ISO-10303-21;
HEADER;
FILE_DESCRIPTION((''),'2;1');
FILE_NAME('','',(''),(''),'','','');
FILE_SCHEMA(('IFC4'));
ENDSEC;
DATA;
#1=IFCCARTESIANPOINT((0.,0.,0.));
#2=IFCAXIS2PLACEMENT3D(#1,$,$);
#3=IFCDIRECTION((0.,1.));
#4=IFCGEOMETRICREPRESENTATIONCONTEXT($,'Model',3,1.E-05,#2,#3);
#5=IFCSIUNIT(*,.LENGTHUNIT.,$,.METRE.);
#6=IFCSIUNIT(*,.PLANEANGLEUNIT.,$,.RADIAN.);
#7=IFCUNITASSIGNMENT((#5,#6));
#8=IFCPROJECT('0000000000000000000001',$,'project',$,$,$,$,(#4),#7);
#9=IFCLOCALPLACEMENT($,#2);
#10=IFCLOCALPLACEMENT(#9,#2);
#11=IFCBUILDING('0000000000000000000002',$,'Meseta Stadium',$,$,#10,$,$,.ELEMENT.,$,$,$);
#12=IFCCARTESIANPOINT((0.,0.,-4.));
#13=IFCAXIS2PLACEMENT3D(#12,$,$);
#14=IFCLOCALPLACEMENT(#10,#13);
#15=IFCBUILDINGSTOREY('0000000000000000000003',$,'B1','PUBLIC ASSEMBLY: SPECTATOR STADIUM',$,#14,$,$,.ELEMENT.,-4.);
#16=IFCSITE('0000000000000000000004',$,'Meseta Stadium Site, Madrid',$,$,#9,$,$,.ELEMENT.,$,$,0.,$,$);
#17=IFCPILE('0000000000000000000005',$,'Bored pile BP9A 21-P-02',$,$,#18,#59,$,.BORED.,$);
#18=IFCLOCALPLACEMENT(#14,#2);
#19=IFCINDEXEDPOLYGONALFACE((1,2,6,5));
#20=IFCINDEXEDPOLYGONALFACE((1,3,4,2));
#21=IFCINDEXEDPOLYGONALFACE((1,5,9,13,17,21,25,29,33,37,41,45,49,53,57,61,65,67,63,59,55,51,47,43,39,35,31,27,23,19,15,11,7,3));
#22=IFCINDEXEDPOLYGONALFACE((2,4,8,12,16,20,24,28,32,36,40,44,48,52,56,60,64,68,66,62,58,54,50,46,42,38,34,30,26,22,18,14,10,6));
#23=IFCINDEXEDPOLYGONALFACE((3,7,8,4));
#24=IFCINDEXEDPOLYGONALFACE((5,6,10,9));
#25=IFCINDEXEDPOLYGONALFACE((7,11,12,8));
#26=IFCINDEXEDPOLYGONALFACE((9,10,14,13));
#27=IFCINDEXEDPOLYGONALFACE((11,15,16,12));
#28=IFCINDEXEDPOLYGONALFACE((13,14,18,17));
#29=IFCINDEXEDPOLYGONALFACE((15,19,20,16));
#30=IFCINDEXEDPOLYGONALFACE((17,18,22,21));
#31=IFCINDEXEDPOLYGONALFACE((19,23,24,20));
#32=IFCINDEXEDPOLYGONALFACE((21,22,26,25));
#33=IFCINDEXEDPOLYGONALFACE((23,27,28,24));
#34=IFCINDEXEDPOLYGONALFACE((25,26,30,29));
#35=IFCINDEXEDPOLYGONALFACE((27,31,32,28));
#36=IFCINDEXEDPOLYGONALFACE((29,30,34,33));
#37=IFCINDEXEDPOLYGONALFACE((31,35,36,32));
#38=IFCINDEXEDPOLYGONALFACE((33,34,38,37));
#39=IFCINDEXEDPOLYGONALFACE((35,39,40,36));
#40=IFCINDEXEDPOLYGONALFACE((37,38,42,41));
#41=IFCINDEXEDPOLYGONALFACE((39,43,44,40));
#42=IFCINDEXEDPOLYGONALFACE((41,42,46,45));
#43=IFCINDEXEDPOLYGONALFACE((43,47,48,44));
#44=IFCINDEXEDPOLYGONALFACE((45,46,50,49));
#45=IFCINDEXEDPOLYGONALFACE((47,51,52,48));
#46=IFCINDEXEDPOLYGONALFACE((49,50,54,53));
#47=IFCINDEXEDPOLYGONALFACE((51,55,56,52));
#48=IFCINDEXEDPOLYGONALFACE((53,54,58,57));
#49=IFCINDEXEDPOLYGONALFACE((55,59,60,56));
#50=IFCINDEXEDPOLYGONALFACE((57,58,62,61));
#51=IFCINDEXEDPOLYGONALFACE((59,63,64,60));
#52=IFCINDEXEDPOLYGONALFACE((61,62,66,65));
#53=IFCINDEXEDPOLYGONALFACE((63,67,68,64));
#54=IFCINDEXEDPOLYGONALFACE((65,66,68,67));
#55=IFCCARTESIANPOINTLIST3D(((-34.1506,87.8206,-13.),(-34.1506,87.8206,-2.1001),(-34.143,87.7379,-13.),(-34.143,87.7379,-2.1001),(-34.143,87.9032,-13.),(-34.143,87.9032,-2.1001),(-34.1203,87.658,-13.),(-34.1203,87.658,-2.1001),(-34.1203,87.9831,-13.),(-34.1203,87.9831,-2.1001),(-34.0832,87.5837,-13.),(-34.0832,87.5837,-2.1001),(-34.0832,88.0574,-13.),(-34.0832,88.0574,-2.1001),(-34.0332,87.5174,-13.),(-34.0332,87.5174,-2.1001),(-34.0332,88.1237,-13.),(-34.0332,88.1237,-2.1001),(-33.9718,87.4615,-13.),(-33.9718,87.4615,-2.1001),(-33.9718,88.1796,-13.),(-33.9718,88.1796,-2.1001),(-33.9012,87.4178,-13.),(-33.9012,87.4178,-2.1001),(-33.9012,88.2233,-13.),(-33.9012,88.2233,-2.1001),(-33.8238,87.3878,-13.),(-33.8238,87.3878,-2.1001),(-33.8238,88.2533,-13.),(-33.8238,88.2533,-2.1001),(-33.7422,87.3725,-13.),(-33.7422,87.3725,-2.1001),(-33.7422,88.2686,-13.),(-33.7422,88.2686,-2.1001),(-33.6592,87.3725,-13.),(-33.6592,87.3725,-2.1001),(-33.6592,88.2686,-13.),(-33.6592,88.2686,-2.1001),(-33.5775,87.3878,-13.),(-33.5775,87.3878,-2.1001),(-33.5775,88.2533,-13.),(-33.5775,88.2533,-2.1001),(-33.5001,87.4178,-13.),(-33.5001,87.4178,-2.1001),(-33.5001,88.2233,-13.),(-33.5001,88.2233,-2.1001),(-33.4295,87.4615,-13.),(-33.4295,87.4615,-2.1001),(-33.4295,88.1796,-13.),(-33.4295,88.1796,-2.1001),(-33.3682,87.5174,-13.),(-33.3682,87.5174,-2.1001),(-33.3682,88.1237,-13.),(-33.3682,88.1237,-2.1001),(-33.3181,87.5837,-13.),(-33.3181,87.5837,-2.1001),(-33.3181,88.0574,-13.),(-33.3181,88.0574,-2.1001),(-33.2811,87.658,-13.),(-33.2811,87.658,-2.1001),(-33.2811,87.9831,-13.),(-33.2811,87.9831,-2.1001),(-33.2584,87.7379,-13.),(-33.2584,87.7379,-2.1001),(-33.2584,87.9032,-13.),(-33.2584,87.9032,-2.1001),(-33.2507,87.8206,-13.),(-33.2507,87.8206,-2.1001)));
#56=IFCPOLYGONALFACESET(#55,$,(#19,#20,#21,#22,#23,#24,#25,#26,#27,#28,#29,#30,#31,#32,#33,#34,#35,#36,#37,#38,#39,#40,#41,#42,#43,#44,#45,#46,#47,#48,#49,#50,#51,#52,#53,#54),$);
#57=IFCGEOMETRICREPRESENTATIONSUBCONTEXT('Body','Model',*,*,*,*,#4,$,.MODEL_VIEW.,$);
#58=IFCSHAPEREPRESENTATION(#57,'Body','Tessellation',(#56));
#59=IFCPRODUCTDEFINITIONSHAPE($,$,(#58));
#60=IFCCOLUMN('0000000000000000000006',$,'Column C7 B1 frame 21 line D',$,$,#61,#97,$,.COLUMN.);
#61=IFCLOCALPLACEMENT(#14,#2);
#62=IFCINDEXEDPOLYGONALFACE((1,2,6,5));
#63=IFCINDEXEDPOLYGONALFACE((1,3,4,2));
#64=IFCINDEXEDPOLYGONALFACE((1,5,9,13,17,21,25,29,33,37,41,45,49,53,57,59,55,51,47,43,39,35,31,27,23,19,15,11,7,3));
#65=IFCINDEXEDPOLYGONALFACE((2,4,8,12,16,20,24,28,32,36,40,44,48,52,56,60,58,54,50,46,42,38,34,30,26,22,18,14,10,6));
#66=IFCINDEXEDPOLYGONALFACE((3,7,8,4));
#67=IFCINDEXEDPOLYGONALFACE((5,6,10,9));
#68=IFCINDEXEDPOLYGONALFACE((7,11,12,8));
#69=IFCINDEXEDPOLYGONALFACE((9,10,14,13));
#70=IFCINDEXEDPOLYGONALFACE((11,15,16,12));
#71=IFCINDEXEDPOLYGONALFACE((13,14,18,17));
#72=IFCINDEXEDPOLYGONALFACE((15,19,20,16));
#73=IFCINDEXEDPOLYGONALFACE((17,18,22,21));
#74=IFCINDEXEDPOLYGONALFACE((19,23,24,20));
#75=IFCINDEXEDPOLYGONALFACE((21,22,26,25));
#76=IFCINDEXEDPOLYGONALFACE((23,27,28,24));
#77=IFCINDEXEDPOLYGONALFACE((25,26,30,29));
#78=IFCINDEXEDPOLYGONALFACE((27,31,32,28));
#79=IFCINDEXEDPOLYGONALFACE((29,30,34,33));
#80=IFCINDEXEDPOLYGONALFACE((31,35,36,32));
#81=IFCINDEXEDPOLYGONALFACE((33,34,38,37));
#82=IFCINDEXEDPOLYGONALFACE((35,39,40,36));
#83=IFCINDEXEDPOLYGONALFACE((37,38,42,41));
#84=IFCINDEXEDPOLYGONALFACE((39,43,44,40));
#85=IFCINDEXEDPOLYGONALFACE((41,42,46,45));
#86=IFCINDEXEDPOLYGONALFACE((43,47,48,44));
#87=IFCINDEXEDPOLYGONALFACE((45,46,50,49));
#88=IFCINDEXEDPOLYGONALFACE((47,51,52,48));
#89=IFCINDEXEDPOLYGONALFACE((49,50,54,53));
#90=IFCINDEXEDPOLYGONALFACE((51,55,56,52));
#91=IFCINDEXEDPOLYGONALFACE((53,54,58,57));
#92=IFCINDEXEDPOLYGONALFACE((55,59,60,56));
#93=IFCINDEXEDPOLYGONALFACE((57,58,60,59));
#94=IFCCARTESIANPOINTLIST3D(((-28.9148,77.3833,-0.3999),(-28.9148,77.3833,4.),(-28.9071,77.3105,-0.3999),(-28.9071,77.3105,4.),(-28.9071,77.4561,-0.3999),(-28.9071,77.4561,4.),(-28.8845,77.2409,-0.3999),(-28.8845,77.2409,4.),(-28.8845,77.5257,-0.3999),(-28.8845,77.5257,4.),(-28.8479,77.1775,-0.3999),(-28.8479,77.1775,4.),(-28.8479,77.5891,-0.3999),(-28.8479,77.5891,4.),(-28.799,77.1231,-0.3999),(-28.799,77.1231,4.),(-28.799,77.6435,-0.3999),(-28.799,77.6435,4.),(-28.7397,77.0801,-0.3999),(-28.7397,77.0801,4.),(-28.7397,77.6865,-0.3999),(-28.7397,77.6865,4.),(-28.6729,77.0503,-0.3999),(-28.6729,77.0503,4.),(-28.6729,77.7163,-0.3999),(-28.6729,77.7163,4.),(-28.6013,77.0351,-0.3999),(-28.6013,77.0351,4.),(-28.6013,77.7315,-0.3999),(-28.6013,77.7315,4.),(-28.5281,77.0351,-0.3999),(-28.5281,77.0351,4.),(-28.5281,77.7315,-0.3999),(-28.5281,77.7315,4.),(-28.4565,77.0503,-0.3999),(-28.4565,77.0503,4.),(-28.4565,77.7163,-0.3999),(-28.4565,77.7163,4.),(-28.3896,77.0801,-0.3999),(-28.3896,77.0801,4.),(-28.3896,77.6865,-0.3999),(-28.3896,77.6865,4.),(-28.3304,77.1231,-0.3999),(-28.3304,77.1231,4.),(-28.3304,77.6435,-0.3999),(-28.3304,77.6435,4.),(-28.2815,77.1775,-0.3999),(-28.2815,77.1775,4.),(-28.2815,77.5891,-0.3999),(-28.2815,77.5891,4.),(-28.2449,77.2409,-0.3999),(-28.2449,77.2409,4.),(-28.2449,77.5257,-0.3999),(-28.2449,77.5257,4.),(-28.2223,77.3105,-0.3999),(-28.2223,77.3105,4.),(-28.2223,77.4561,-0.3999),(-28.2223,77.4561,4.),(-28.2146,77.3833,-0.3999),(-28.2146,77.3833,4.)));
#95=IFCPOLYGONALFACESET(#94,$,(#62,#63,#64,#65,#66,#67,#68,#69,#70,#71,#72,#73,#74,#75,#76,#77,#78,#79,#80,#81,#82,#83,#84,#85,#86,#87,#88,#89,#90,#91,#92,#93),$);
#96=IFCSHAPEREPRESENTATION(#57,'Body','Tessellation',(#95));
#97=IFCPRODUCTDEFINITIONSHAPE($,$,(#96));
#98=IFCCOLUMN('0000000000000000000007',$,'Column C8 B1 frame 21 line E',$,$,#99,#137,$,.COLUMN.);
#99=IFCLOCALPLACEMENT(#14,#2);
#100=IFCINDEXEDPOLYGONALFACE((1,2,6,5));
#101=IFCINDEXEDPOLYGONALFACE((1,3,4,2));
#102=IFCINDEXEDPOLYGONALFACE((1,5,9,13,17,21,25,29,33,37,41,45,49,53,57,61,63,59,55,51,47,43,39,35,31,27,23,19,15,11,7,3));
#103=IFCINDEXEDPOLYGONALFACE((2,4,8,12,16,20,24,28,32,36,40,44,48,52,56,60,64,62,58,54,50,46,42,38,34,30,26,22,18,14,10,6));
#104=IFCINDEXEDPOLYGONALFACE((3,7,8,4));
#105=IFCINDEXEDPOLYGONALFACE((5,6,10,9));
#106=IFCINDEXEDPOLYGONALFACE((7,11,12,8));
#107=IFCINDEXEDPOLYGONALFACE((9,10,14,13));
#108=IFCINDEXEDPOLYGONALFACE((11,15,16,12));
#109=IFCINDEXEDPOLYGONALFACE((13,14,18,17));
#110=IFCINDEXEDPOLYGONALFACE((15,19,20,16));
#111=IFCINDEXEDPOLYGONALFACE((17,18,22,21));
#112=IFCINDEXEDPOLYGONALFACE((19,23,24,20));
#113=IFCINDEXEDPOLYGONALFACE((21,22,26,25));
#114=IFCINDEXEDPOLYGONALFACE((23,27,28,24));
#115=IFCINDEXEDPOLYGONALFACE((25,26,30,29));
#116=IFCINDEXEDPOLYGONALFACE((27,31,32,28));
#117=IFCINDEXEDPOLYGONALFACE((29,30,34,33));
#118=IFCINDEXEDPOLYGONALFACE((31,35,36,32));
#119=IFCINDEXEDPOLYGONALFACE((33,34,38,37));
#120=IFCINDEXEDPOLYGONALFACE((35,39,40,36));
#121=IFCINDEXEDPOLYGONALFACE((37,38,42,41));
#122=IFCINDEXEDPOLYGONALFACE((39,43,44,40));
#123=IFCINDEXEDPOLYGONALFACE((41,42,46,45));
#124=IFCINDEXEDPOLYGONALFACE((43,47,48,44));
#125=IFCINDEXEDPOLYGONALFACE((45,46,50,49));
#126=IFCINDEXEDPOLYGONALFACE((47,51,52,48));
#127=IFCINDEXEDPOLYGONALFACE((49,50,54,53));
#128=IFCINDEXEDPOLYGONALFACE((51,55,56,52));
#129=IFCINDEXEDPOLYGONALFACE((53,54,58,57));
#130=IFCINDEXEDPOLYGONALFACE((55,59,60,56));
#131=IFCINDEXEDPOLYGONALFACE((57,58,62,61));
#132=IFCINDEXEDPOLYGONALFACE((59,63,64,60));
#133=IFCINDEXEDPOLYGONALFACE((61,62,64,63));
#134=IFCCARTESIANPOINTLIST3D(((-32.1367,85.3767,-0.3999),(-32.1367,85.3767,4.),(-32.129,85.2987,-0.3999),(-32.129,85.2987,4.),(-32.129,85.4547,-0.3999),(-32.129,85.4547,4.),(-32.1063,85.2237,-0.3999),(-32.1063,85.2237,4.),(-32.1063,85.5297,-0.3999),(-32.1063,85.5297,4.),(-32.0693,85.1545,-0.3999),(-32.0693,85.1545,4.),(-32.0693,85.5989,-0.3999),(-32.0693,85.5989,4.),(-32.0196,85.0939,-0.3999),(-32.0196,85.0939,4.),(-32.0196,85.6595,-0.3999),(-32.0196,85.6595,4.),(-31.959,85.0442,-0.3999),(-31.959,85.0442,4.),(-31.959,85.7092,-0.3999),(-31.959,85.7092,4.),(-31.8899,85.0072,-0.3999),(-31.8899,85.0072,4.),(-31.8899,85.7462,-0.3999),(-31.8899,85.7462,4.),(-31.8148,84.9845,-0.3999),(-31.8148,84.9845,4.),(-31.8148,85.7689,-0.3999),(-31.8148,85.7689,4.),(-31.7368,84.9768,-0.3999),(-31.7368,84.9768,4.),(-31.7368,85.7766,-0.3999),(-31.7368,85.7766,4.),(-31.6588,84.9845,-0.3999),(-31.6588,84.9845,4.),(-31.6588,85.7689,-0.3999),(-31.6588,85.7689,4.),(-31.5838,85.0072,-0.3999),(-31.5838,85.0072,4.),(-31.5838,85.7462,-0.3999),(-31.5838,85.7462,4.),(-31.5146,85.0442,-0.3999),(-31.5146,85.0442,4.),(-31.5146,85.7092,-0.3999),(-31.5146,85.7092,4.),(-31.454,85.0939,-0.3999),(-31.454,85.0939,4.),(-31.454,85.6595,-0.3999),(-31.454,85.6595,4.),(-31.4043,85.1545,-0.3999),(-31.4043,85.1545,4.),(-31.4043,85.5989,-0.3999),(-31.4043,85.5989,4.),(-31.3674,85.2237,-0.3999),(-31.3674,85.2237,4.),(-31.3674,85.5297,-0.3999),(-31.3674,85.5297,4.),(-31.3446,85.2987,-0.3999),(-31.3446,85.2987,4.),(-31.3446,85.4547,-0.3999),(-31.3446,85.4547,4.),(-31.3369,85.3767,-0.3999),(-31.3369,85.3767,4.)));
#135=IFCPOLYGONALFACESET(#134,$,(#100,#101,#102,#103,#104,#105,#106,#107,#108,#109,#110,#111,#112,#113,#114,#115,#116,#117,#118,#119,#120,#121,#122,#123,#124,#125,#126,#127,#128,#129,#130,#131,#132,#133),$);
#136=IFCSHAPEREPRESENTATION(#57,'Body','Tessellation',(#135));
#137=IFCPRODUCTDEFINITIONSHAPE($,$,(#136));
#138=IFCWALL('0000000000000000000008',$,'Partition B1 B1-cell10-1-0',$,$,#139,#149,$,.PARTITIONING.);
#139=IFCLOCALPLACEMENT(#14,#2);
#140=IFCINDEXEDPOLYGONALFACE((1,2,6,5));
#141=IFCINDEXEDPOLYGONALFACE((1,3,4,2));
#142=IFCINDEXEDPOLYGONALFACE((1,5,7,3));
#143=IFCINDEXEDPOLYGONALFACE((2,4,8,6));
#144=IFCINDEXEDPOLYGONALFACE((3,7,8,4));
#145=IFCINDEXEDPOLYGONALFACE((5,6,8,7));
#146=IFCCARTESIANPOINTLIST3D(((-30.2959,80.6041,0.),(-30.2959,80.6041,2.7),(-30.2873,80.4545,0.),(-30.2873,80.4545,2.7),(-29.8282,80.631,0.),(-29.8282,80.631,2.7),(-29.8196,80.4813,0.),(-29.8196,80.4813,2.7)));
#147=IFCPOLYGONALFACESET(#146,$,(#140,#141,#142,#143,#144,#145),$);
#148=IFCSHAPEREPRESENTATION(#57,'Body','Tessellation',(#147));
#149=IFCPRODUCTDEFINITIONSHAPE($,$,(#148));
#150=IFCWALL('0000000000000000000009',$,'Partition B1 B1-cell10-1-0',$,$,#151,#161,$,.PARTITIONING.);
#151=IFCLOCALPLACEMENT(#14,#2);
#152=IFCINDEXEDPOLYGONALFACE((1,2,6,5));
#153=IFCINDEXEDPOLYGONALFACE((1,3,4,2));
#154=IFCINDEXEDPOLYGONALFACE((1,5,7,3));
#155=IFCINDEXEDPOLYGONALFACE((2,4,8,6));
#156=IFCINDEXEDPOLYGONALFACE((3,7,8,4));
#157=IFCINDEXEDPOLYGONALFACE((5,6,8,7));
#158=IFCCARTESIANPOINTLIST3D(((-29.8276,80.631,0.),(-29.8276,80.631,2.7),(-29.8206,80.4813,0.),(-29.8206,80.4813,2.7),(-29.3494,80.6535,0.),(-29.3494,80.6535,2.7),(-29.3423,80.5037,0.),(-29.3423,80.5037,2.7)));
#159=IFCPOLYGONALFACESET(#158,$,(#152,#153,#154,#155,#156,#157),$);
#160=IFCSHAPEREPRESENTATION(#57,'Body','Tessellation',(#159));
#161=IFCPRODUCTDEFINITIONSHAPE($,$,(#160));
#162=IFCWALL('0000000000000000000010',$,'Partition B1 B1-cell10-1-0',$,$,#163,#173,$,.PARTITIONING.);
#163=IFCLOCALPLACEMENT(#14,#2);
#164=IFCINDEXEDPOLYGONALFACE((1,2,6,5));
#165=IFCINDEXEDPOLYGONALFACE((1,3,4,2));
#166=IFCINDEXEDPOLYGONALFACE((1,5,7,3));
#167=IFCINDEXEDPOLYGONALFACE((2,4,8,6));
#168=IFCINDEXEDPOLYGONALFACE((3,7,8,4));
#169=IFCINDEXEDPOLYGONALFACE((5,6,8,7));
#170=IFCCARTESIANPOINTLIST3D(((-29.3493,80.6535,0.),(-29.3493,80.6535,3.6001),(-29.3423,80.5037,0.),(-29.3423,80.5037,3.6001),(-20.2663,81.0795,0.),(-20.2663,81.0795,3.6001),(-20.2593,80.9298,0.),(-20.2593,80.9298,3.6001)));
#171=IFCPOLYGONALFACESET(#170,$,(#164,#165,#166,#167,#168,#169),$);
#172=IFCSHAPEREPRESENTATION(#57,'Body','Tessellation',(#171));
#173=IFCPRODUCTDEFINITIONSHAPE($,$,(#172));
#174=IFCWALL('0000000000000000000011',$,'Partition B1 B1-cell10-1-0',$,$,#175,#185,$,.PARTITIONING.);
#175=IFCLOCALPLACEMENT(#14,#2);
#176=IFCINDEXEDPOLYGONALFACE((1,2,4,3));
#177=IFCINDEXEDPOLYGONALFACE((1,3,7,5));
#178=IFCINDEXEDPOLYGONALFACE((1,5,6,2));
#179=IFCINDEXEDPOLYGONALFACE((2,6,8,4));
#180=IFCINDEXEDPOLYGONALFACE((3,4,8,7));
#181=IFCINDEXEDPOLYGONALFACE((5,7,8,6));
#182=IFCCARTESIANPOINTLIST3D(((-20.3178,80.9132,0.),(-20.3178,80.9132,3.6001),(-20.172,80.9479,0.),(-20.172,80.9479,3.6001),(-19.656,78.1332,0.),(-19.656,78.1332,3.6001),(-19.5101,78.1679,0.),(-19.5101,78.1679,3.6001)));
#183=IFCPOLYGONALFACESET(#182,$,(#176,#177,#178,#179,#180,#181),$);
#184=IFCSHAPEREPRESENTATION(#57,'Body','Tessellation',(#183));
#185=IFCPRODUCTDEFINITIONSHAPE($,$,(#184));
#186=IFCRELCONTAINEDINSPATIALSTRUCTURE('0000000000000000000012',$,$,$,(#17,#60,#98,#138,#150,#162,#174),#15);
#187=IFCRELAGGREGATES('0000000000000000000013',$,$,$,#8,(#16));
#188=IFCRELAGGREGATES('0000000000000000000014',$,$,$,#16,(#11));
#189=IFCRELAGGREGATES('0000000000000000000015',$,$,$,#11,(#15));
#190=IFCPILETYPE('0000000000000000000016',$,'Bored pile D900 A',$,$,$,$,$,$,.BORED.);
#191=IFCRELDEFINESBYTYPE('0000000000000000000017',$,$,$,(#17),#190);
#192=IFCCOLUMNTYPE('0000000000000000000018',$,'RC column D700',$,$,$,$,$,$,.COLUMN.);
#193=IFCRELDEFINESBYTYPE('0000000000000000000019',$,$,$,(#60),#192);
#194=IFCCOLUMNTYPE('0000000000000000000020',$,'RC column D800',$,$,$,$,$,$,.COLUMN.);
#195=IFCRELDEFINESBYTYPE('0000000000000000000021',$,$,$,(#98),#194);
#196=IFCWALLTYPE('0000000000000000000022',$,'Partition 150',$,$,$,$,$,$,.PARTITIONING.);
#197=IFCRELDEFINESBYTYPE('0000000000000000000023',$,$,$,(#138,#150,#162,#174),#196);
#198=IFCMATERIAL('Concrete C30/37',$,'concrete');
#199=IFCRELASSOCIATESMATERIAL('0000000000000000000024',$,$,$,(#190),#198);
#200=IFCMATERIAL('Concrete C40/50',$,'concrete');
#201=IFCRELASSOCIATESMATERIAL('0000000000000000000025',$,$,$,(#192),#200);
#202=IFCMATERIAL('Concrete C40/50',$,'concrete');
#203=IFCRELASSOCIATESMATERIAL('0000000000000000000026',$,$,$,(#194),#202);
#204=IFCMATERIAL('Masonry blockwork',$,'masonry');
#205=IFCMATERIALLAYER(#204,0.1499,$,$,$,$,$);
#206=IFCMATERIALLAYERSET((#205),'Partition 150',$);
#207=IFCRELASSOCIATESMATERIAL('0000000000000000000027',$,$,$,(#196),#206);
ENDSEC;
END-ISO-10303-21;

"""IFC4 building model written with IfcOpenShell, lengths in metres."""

from ifc_helpers import new_model, si_unit, direction, frame, frame_2d, origin, origin_2d, place, context, subcontext, project, spatial, rectangle, circle, extrude, material, layer, layer_set, material_profile, profile_set, type_object, element, save


model = new_model("IFC4")

# Units and contexts
model_context = context("Model", 3, precision=1e-05, world=origin(), true_north=direction((0.0, 1.0)))
body_context = subcontext(model_context, "Body", "Model", "MODEL_VIEW")
ifc_project = project(units=[si_unit("LENGTHUNIT", "METRE"), si_unit("PLANEANGLEUNIT", "RADIAN")], contexts=[model_context])

# Site, building, storey
site_placement = place(None, origin())
site = spatial("IfcSite", under=ifc_project, at=site_placement, Name="Meseta Stadium Site, Madrid", CompositionType="ELEMENT", RefElevation=0.0)
building_placement = place(site_placement, origin())
building = spatial("IfcBuilding", under=site, at=building_placement, Name="Meseta Stadium", CompositionType="ELEMENT")
storey_placement = place(building_placement, frame((0.0, 0.0, -4.0)))
storey = spatial("IfcBuildingStorey", under=building, at=storey_placement, Name="B1", Description="PUBLIC ASSEMBLY: SPECTATOR STADIUM", CompositionType="ELEMENT", Elevation=-4.0)

# Pile
ifc_material_1 = material(Name="Concrete C30/37", Category="concrete")
ifc_material_profile_1 = material_profile(ifc_material_1, circle(Radius=0.45, at=origin_2d()), Name="D900")
ifc_profile_set_1 = profile_set([ifc_material_profile_1], Name="Concrete C30/37")
pile_type = type_object("IfcPileType", Name="Bored pile D900 A", PredefinedType="BORED", material=ifc_profile_set_1)
pile_placement = place(storey_placement, frame((-33.7007, 87.8206, -2.1001), z_axis=(0.0, 0.0, -1.0), x_axis=(1.0, 0.0, 0.0)))
element("IfcPile", 1, at=pile_placement, inside=storey, type_object=pile_type, Name="Bored pile BP9A 21-P-02", PredefinedType="BORED", context=body_context, shape_type="SweptSolid", body=[
    extrude(circle(Radius=0.45, at=origin_2d()), origin(), (0.0, 0.0, 1.0), 10.8999),
])

# Columns
ifc_material_2 = material(Name="Concrete C40/50", Category="concrete")
ifc_material_profile_2 = material_profile(ifc_material_2, circle(Radius=0.3501, at=origin_2d()), Name="RC D700")
ifc_profile_set_2 = profile_set([ifc_material_profile_2], Name="Concrete C40/50")
column_type_1 = type_object("IfcColumnType", Name="RC column D700", PredefinedType="COLUMN", material=ifc_profile_set_2)
column_1_placement = place(storey_placement, frame((-28.5647, 77.3833, -0.3999), z_axis=(0.0, 0.0, 1.0), x_axis=(1.0, 0.0, 0.0)))
element("IfcColumn", 2, at=column_1_placement, inside=storey, type_object=column_type_1, Name="Column C7 B1 frame 21 line D", PredefinedType="COLUMN", context=body_context, shape_type="SweptSolid", body=[
    extrude(circle(Radius=0.3501, at=origin_2d()), origin(), (0.0, 0.0, 1.0), 4.3999),
])
ifc_material_3 = material(Name="Concrete C40/50", Category="concrete")
ifc_material_profile_3 = material_profile(ifc_material_3, circle(Radius=0.3999, at=origin_2d()), Name="RC D800")
ifc_profile_set_3 = profile_set([ifc_material_profile_3], Name="Concrete C40/50")
column_type_2 = type_object("IfcColumnType", Name="RC column D800", PredefinedType="COLUMN", material=ifc_profile_set_3)
column_2_placement = place(storey_placement, frame((-31.7368, 85.3767, -0.3999), z_axis=(0.0, 0.0, 1.0), x_axis=(1.0, 0.0, 0.0)))
element("IfcColumn", 3, at=column_2_placement, inside=storey, type_object=column_type_2, Name="Column C8 B1 frame 21 line E", PredefinedType="COLUMN", context=body_context, shape_type="SweptSolid", body=[
    extrude(circle(Radius=0.3999, at=origin_2d()), origin(), (0.0, 0.0, 1.0), 4.3999),
])

# Walls
ifc_material_4 = material(Name="Masonry blockwork", Category="masonry")
ifc_layer = layer(ifc_material_4, 0.1499)
ifc_layer_set = layer_set([ifc_layer], Name="Partition 150")
wall_type = type_object("IfcWallType", Name="Partition 150", PredefinedType="PARTITIONING", material=ifc_layer_set)
wall_1_placement = place(storey_placement, frame((-30.2917, 80.5293, 0.0), z_axis=(0.0, 0.0, 1.0), x_axis=(0.998356, 0.057317, 0.0)))
element("IfcWall", 4, at=wall_1_placement, inside=storey, type_object=wall_type, Name="Partition B1 B1-cell10-1-0", PredefinedType="PARTITIONING", context=body_context, shape_type="SweptSolid", body=[
    extrude(rectangle(XDim=0.4685, YDim=0.1499, at=frame_2d((0.2344, 0.0))), origin(), (0.0, 0.0, 1.0), 2.7),
])
wall_2_placement = place(storey_placement, frame((-29.824, 80.5562, 0.0), z_axis=(0.0, 0.0, 1.0), x_axis=(0.998899, 0.046911, 0.0)))
element("IfcWall", 5, at=wall_2_placement, inside=storey, type_object=wall_type, Name="Partition B1 B1-cell10-1-0", PredefinedType="PARTITIONING", context=body_context, shape_type="SweptSolid", body=[
    extrude(rectangle(XDim=0.4788, YDim=0.1499, at=frame_2d((0.2393, 0.0))), origin(), (0.0, 0.0, 1.0), 2.7),
])
wall_3_placement = place(storey_placement, frame((-29.3457, 80.5786, 0.0), z_axis=(0.0, 0.0, 1.0), x_axis=(0.998902, 0.046852, 0.0)))
element("IfcWall", 6, at=wall_3_placement, inside=storey, type_object=wall_type, Name="Partition B1 B1-cell10-1-0", PredefinedType="PARTITIONING", context=body_context, shape_type="SweptSolid", body=[
    extrude(rectangle(XDim=9.093, YDim=0.1499, at=frame_2d((4.5464, 0.0))), origin(), (0.0, 0.0, 1.0), 3.6001),
])
wall_4_placement = place(storey_placement, frame((-20.2449, 80.9304, 0.0), z_axis=(0.0, 0.0, 1.0), x_axis=(0.231605, -0.97281, 0.0)))
element("IfcWall", 7, at=wall_4_placement, inside=storey, type_object=wall_type, Name="Partition B1 B1-cell10-1-0", PredefinedType="PARTITIONING", context=body_context, shape_type="SweptSolid", body=[
    extrude(rectangle(XDim=2.8577, YDim=0.1499, at=frame_2d((1.4287, 0.0))), origin(), (0.0, 0.0, 1.0), 3.6001),
])

save(model, "model.ifc")
